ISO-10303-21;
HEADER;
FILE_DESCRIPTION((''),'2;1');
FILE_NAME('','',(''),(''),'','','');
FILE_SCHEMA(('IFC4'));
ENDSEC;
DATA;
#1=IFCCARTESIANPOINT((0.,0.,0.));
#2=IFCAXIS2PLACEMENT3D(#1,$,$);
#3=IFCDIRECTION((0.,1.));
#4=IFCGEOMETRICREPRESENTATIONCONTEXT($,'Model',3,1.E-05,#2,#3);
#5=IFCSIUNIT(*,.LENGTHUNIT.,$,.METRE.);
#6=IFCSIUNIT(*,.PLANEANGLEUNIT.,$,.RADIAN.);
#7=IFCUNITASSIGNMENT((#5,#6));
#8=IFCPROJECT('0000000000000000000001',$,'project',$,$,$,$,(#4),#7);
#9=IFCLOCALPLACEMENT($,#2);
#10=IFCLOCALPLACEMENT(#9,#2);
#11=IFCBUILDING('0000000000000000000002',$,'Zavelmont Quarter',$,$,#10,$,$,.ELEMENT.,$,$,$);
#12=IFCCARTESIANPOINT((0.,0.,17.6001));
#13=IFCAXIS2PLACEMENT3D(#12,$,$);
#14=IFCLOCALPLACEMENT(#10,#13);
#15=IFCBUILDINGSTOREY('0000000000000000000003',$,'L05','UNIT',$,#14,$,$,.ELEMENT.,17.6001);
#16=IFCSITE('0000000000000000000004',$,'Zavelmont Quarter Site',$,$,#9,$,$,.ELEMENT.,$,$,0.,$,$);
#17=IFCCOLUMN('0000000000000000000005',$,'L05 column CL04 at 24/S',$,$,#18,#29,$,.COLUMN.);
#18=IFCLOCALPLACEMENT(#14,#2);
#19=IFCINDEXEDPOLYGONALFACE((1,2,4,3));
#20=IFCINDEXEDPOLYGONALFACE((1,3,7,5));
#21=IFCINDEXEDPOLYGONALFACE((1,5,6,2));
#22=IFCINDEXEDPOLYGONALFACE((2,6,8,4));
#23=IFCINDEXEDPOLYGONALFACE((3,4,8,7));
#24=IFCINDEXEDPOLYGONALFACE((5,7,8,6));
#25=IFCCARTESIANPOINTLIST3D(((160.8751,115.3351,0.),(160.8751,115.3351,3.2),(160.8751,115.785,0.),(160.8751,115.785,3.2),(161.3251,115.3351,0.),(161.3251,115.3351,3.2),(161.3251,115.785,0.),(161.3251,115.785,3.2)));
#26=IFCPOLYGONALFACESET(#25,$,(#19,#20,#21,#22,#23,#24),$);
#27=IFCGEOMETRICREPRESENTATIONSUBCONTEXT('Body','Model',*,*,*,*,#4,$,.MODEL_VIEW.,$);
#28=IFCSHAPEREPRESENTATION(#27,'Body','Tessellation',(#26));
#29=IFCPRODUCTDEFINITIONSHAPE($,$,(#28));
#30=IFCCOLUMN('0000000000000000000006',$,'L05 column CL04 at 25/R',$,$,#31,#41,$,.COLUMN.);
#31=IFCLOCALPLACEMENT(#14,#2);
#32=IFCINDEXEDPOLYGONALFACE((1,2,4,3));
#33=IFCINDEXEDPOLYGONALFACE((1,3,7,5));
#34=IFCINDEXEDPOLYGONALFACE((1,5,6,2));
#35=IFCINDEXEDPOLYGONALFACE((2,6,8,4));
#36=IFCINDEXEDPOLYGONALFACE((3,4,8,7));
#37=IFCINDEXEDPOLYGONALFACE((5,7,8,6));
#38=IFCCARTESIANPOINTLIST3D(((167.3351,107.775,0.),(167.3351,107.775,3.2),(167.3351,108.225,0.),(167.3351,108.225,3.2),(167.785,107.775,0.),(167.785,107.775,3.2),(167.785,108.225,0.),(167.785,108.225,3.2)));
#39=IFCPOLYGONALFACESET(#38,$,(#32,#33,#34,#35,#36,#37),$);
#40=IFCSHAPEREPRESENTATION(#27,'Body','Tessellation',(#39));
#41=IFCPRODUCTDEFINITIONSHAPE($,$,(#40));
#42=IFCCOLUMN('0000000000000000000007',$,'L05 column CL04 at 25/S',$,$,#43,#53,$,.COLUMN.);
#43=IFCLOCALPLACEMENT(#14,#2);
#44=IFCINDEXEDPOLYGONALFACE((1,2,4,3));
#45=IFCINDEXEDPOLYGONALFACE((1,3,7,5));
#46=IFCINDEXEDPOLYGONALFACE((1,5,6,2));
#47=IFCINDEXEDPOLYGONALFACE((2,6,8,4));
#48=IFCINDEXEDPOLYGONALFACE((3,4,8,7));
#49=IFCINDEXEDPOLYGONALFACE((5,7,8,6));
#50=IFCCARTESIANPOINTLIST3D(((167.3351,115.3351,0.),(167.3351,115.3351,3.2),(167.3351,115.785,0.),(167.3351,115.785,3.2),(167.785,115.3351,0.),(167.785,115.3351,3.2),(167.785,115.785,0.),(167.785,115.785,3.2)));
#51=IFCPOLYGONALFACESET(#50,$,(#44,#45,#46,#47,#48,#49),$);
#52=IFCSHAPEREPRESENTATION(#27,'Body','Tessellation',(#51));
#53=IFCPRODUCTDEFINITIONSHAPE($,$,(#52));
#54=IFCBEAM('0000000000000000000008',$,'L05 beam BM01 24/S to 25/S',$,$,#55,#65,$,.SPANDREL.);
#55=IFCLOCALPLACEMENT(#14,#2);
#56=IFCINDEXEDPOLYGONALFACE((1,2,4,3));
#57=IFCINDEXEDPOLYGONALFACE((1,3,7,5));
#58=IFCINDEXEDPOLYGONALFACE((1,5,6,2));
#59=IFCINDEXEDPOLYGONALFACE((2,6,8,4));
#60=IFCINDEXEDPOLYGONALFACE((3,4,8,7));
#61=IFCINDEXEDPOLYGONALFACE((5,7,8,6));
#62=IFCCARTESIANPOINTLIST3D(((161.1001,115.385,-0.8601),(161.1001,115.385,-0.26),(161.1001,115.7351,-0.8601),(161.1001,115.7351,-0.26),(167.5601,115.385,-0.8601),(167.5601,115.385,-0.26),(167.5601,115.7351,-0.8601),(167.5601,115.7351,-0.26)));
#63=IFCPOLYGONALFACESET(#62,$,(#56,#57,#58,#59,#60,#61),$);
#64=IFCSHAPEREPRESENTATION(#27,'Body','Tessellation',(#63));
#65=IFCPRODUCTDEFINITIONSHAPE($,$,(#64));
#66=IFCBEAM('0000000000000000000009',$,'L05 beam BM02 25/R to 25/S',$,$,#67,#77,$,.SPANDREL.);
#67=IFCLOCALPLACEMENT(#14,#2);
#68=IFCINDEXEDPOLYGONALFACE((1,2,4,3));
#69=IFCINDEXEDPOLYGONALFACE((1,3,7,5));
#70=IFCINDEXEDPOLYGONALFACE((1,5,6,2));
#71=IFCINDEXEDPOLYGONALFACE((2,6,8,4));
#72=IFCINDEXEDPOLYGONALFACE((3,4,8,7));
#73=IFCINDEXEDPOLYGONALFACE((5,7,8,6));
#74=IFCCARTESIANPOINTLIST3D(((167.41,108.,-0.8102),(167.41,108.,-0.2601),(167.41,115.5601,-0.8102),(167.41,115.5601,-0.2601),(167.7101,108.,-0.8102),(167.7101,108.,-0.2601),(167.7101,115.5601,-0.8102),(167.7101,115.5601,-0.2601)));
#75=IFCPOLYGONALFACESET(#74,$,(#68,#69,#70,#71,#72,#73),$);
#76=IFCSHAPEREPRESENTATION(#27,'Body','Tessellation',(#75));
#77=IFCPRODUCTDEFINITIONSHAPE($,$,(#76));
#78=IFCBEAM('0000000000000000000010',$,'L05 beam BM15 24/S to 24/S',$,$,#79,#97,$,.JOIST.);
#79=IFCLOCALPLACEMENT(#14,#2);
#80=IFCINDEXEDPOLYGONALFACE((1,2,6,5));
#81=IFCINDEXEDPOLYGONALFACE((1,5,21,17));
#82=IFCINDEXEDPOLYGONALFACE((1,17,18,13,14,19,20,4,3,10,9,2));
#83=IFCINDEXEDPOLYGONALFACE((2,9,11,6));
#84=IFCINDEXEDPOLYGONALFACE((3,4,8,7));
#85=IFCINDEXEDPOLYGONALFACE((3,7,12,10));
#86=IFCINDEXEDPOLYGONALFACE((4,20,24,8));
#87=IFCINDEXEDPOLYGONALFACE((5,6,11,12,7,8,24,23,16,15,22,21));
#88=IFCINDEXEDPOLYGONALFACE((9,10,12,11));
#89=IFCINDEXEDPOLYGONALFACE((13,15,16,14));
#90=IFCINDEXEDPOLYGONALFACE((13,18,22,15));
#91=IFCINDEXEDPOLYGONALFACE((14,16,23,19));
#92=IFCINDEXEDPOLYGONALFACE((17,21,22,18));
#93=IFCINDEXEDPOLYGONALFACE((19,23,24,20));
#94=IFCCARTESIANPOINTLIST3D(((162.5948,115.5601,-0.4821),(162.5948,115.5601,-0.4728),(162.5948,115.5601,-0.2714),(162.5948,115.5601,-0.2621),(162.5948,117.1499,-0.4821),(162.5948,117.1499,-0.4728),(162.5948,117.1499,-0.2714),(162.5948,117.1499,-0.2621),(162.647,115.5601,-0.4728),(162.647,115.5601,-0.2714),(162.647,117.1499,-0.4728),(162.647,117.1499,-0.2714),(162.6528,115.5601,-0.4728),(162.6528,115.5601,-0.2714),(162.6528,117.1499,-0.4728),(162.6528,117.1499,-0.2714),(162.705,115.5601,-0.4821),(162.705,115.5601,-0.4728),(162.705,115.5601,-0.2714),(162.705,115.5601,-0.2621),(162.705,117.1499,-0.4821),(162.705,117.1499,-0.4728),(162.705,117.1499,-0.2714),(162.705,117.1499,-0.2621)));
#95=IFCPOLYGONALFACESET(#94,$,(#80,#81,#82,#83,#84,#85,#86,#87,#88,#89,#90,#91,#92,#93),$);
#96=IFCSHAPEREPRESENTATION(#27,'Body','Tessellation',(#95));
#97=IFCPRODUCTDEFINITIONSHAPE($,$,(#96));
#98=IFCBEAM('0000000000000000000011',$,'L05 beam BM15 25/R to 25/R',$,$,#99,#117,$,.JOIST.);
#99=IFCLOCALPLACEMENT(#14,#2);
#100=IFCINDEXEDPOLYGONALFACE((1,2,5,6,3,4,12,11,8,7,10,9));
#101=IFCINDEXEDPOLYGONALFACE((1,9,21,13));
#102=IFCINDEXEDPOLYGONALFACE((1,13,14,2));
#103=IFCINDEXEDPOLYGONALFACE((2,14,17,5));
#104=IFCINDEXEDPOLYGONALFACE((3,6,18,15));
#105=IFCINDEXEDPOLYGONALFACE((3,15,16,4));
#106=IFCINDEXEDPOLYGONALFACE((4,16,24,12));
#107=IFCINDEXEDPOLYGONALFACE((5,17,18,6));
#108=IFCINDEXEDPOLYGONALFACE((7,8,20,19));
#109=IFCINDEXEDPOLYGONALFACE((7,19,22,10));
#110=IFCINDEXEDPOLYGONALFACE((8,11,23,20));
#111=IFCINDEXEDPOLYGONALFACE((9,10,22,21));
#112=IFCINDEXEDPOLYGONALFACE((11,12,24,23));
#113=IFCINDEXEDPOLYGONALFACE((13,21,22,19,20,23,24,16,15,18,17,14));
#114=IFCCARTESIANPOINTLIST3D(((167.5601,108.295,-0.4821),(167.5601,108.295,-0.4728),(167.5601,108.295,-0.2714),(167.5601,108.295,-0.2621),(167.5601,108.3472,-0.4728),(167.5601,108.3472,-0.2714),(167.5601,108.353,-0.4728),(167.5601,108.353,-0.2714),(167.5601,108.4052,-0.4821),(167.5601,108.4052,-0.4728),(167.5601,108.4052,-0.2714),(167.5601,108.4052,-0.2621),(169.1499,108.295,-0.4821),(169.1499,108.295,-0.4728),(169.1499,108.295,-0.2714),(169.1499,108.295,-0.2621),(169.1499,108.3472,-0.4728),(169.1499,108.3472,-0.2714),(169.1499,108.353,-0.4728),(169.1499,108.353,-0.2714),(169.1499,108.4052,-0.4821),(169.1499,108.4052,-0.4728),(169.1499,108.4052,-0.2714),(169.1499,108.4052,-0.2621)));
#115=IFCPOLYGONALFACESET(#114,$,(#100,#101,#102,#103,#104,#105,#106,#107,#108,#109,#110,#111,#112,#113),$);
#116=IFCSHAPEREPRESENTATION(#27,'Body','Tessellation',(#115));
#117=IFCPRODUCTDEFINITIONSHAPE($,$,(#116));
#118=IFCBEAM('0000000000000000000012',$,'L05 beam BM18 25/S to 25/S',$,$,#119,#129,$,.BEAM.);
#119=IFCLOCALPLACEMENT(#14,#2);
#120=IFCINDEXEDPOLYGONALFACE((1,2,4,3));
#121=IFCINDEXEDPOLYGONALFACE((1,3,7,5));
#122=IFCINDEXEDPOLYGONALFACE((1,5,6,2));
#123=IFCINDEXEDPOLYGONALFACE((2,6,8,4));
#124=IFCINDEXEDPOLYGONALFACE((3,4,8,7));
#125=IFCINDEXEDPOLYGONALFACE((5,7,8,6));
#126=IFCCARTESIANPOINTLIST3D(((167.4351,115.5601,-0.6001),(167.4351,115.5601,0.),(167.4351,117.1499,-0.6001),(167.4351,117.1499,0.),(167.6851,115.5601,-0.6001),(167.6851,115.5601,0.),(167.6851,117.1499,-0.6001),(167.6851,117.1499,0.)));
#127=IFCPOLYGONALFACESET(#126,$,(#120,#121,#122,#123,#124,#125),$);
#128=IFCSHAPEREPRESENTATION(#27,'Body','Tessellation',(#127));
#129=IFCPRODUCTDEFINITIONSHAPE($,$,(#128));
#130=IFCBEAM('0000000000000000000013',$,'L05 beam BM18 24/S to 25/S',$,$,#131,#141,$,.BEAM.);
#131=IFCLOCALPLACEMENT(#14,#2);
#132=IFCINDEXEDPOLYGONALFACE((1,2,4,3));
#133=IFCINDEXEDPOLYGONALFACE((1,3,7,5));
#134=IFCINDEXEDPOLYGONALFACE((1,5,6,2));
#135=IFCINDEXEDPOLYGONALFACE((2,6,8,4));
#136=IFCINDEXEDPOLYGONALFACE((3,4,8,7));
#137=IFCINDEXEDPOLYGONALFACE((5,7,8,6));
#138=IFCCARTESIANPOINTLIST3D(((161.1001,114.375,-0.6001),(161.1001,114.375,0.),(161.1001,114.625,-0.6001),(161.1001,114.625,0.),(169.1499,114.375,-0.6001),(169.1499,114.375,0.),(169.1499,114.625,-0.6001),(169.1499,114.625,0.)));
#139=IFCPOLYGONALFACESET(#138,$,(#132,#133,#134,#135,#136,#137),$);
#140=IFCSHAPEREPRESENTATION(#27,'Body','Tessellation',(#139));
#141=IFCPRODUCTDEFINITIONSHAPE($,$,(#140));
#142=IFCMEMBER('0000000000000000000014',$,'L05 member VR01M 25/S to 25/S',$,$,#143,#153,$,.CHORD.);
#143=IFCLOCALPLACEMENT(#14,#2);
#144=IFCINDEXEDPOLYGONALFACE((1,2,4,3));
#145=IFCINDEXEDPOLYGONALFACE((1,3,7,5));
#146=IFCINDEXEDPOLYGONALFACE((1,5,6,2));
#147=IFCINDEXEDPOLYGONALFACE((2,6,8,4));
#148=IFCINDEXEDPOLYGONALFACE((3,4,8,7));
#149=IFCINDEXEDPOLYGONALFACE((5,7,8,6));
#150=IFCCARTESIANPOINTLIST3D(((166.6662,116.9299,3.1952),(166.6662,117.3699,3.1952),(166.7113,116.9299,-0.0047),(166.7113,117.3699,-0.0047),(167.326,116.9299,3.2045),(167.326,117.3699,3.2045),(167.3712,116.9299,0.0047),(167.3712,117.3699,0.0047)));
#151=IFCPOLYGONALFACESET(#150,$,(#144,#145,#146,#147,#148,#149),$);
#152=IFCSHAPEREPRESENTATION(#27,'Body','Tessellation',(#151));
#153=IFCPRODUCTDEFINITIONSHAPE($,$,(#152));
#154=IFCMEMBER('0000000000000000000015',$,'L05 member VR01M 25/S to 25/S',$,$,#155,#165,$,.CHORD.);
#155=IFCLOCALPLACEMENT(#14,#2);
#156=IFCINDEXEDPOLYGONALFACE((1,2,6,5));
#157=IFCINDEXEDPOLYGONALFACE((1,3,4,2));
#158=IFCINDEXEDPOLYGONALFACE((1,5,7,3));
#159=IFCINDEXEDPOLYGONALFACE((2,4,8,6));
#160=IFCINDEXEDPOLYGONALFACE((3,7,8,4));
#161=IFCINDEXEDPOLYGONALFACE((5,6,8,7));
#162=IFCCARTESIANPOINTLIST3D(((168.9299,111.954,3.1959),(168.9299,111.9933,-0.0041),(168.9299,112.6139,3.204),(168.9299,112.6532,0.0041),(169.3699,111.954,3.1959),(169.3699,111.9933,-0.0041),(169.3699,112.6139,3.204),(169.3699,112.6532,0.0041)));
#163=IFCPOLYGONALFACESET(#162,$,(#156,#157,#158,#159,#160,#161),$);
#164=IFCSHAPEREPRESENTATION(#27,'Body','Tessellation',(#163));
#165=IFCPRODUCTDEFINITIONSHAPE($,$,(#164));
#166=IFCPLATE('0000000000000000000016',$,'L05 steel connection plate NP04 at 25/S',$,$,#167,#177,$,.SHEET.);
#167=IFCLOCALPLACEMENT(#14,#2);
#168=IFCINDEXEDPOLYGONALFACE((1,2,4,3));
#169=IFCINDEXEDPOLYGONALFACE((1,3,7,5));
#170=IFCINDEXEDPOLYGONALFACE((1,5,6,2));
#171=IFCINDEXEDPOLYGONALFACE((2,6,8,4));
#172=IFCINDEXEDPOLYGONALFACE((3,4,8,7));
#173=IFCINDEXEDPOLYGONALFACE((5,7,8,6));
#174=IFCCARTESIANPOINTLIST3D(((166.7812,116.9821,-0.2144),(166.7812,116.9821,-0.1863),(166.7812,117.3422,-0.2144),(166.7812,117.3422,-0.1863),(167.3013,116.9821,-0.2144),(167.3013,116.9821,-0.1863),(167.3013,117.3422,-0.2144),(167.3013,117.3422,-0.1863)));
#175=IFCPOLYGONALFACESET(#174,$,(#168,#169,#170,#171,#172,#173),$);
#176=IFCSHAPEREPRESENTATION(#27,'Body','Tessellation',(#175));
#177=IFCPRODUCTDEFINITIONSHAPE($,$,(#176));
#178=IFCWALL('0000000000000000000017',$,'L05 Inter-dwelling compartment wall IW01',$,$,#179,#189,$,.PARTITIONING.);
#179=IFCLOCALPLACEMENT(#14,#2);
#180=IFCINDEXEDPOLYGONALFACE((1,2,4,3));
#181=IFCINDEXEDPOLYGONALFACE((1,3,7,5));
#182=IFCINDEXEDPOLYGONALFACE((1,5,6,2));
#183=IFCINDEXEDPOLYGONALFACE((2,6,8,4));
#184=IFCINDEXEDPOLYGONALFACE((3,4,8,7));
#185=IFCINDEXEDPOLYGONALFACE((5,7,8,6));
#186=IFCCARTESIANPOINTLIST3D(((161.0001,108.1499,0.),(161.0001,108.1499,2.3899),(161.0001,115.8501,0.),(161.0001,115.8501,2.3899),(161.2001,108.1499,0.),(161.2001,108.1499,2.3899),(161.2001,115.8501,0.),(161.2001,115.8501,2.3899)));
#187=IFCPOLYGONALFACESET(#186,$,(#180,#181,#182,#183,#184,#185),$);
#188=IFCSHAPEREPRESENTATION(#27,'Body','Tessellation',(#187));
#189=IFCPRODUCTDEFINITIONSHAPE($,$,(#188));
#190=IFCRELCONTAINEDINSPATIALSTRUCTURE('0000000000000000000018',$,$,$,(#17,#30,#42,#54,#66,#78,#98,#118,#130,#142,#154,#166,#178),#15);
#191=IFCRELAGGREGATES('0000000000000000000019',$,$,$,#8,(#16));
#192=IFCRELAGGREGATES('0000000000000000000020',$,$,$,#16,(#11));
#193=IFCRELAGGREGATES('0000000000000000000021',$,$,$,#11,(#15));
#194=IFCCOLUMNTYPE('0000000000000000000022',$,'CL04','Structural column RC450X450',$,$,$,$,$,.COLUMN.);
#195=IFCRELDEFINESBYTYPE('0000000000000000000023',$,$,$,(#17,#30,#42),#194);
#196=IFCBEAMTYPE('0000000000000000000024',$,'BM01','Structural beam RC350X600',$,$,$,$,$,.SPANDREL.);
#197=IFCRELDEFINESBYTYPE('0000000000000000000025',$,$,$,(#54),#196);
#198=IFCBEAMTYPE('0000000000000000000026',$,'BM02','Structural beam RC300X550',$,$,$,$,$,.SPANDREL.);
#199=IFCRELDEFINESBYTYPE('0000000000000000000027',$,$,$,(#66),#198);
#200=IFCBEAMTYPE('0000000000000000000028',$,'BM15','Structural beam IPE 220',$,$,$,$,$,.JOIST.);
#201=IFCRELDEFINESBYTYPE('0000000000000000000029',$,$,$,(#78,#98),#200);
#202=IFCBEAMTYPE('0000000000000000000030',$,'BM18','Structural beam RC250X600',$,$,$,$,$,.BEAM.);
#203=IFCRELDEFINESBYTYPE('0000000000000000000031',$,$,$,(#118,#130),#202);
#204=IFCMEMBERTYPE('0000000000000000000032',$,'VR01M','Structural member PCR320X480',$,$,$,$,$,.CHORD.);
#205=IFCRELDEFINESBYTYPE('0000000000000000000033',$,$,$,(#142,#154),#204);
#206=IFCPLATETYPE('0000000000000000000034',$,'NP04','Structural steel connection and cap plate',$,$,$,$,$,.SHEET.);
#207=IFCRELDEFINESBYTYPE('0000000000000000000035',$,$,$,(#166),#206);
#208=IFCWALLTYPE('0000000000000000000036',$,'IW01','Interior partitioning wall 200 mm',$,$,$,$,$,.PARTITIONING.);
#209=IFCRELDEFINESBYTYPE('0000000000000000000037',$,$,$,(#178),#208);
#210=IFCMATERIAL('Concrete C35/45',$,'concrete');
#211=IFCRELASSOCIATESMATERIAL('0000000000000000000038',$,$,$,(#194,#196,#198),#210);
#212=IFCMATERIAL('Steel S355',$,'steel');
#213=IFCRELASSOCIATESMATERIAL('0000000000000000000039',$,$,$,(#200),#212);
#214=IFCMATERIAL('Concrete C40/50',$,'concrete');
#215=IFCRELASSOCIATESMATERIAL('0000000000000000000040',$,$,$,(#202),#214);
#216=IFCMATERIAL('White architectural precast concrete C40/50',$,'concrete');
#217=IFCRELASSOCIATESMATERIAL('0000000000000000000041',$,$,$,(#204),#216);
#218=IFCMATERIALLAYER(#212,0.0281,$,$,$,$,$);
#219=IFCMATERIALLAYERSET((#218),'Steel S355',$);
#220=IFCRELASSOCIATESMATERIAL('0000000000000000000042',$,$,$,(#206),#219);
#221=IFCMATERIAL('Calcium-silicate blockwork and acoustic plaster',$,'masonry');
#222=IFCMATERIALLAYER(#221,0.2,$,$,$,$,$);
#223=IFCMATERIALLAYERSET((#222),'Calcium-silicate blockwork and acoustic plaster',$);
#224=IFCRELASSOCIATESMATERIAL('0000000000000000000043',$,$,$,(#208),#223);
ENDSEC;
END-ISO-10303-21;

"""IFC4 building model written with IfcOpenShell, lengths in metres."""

from ifc_helpers import new_model, si_unit, direction, frame, frame_2d, origin, origin_2d, place, context, subcontext, project, spatial, rectangle, i_section, extrude, material, layer, layer_set, material_profile, profile_set, type_object, element, save


model = new_model("IFC4")

# Units and contexts
model_context = context("Model", 3, precision=1e-05, world=origin(), true_north=direction((0.0, 1.0)))
body_context = subcontext(model_context, "Body", "Model", "MODEL_VIEW")
ifc_project = project(units=[si_unit("LENGTHUNIT", "METRE"), si_unit("PLANEANGLEUNIT", "RADIAN")], contexts=[model_context])

# Site, building, storey
site_placement = place(None, origin())
site = spatial("IfcSite", under=ifc_project, at=site_placement, Name="Zavelmont Quarter Site", CompositionType="ELEMENT", RefElevation=0.0)
building_placement = place(site_placement, origin())
building = spatial("IfcBuilding", under=site, at=building_placement, Name="Zavelmont Quarter", CompositionType="ELEMENT")
storey_placement = place(building_placement, frame((0.0, 0.0, 17.6001)))
storey = spatial("IfcBuildingStorey", under=building, at=storey_placement, Name="L05", Description="UNIT", CompositionType="ELEMENT", Elevation=17.6001)

# Columns
ifc_material_1 = material(Name="Concrete C35/45", Category="concrete")
ifc_material_profile_1 = material_profile(ifc_material_1, rectangle(XDim=0.45, YDim=0.45, at=origin_2d()), Name="RC450X450")
ifc_profile_set_1 = profile_set([ifc_material_profile_1], Name="Concrete C35/45")
column_type = type_object("IfcColumnType", Name="CL04", Description="Structural column RC450X450", PredefinedType="COLUMN", material=ifc_profile_set_1)
for number, where, z_axis, x_axis, name in (
    (1, (161.1001, 115.5601, 0.0), (0.0, 0.0, 1.0), (1.0, 0.0, 0.0), "L05 column CL04 at 24/S"),
    (2, (167.5601, 108.0, 0.0), (0.0, 0.0, 1.0), (1.0, 0.0, 0.0), "L05 column CL04 at 25/R"),
    (3, (167.5601, 115.5601, 0.0), (0.0, 0.0, 1.0), (1.0, 0.0, 0.0), "L05 column CL04 at 25/S"),
):
    element("IfcColumn", number, at=place(storey_placement, frame(where, z_axis=z_axis, x_axis=x_axis)), inside=storey, type_object=column_type, Name=name, PredefinedType="COLUMN", context=body_context, shape_type="SweptSolid", body=[
        extrude(rectangle(XDim=0.45, YDim=0.45, at=origin_2d()), origin(), (0.0, 0.0, 1.0), 3.2),
    ])

# Beams
ifc_material_profile_2 = material_profile(ifc_material_1, rectangle(XDim=0.3501, YDim=0.6001, at=origin_2d()), Name="RC350X600")
ifc_profile_set_2 = profile_set([ifc_material_profile_2], Name="Concrete C35/45")
beam_type_1 = type_object("IfcBeamType", Name="BM01", Description="Structural beam RC350X600", PredefinedType="SPANDREL", material=ifc_profile_set_2)
beam_1_placement = place(storey_placement, frame((161.1001, 115.5601, -0.5601), z_axis=(1.0, 0.0, 0.0), x_axis=(0.0, 1.0, 0.0)))
element("IfcBeam", 4, at=beam_1_placement, inside=storey, type_object=beam_type_1, Name="L05 beam BM01 24/S to 25/S", PredefinedType="SPANDREL", context=body_context, shape_type="SweptSolid", body=[
    extrude(rectangle(XDim=0.3501, YDim=0.6001, at=origin_2d()), origin(), (0.0, 0.0, 1.0), 6.46),
])
ifc_material_profile_3 = material_profile(ifc_material_1, rectangle(XDim=0.3, YDim=0.55, at=origin_2d()), Name="RC300X550")
ifc_profile_set_3 = profile_set([ifc_material_profile_3], Name="Concrete C35/45")
beam_type_2 = type_object("IfcBeamType", Name="BM02", Description="Structural beam RC300X550", PredefinedType="SPANDREL", material=ifc_profile_set_3)
beam_2_placement = place(storey_placement, frame((167.5601, 108.0, -0.5352), z_axis=(0.0, 1.0, 0.0), x_axis=(-1.0, 0.0, 0.0)))
element("IfcBeam", 5, at=beam_2_placement, inside=storey, type_object=beam_type_2, Name="L05 beam BM02 25/R to 25/S", PredefinedType="SPANDREL", context=body_context, shape_type="SweptSolid", body=[
    extrude(rectangle(XDim=0.3, YDim=0.55, at=origin_2d()), origin(), (0.0, 0.0, 1.0), 7.5601),
])
ifc_material_2 = material(Name="Steel S355", Category="steel")
ifc_material_profile_4 = material_profile(ifc_material_2, i_section(OverallWidth=0.1101, OverallDepth=0.22, WebThickness=0.0059, FlangeThickness=0.0093, at=origin_2d()), Name="IPE 220")
ifc_profile_set_4 = profile_set([ifc_material_profile_4], Name="Steel S355")
beam_type_3 = type_object("IfcBeamType", Name="BM15", Description="Structural beam IPE 220", PredefinedType="JOIST", material=ifc_profile_set_4)
for number, where, z_axis, x_axis, name in (
    (6, (162.6499, 115.5601, -0.3721), (0.0, 1.0, 0.0), (-1.0, 0.0, 0.0), "L05 beam BM15 24/S to 24/S"),
    (7, (167.5601, 108.3501, -0.3721), (1.0, 0.0, 0.0), (0.0, 1.0, 0.0), "L05 beam BM15 25/R to 25/R"),
):
    element("IfcBeam", number, at=place(storey_placement, frame(where, z_axis=z_axis, x_axis=x_axis)), inside=storey, type_object=beam_type_3, Name=name, PredefinedType="JOIST", context=body_context, shape_type="SweptSolid", body=[
        extrude(i_section(OverallWidth=0.1101, OverallDepth=0.22, WebThickness=0.0059, FlangeThickness=0.0093, at=origin_2d()), origin(), (0.0, 0.0, 1.0), 1.5898),
    ])
ifc_material_3 = material(Name="Concrete C40/50", Category="concrete")
ifc_material_profile_5 = material_profile(ifc_material_3, rectangle(XDim=0.25, YDim=0.6001, at=origin_2d()), Name="RC250X600")
ifc_profile_set_5 = profile_set([ifc_material_profile_5], Name="Concrete C40/50")
beam_type_4 = type_object("IfcBeamType", Name="BM18", Description="Structural beam RC250X600", PredefinedType="BEAM", material=ifc_profile_set_5)
beam_3_placement = place(storey_placement, frame((167.5601, 115.5601, -0.3), z_axis=(0.0, 1.0, 0.0), x_axis=(-1.0, 0.0, 0.0)))
element("IfcBeam", 8, at=beam_3_placement, inside=storey, type_object=beam_type_4, Name="L05 beam BM18 25/S to 25/S", PredefinedType="BEAM", context=body_context, shape_type="SweptSolid", body=[
    extrude(rectangle(XDim=0.25, YDim=0.6001, at=origin_2d()), origin(), (0.0, 0.0, 1.0), 1.5898),
])
beam_4_placement = place(storey_placement, frame((161.1001, 114.5, -0.3), z_axis=(1.0, 0.0, 0.0), x_axis=(0.0, 1.0, 0.0)))
element("IfcBeam", 9, at=beam_4_placement, inside=storey, type_object=beam_type_4, Name="L05 beam BM18 24/S to 25/S", PredefinedType="BEAM", context=body_context, shape_type="SweptSolid", body=[
    extrude(rectangle(XDim=0.25, YDim=0.6001, at=origin_2d()), origin(), (0.0, 0.0, 1.0), 8.0498),
])

# Members
ifc_material_4 = material(Name="White architectural precast concrete C40/50", Category="concrete")
ifc_material_profile_6 = material_profile(ifc_material_4, rectangle(XDim=0.4399, YDim=0.6599, at=origin_2d()), Name="PCR320X480")
ifc_profile_set_6 = profile_set([ifc_material_profile_6], Name="White architectural precast concrete C40/50")
member_type = type_object("IfcMemberType", Name="VR01M", Description="Structural member PCR320X480", PredefinedType="CHORD", material=ifc_profile_set_6)
for number, where, z_axis, x_axis, name in (
    (10, (167.0413, 117.1499, 0.0), (-0.014113, 0.0, 0.9999), (0.0, -1.0, 0.0), "L05 member VR01M 25/S to 25/S"),
    (11, (169.1499, 112.3232, 0.0), (0.0, -0.012283, 0.999925), (1.0, 0.0, 0.0), "L05 member VR01M 25/S to 25/S"),
):
    element("IfcMember", number, at=place(storey_placement, frame(where, z_axis=z_axis, x_axis=x_axis)), inside=storey, type_object=member_type, Name=name, PredefinedType="CHORD", context=body_context, shape_type="SweptSolid", body=[
        extrude(rectangle(XDim=0.4399, YDim=0.6599, at=origin_2d()), origin(), (0.0, 0.0, 1.0), 3.2002),
    ])

# Plate
ifc_layer_1 = layer(ifc_material_2, 0.0281)
ifc_layer_set_1 = layer_set([ifc_layer_1], Name="Steel S355")
plate_type = type_object("IfcPlateType", Name="NP04", Description="Structural steel connection and cap plate", PredefinedType="SHEET", material=ifc_layer_set_1)
plate_placement = place(storey_placement, frame((167.0413, 117.1621, -0.2144), z_axis=(0.0, 0.0, 1.0), x_axis=(1.0, 0.0, 0.0)))
element("IfcPlate", 12, at=plate_placement, inside=storey, type_object=plate_type, Name="L05 steel connection plate NP04 at 25/S", PredefinedType="SHEET", context=body_context, shape_type="SweptSolid", body=[
    extrude(rectangle(XDim=0.52, YDim=0.3601, at=origin_2d()), origin(), (0.0, 0.0, 1.0), 0.0281),
])

# Wall
ifc_material_5 = material(Name="Calcium-silicate blockwork and acoustic plaster", Category="masonry")
ifc_layer_2 = layer(ifc_material_5, 0.2)
ifc_layer_set_2 = layer_set([ifc_layer_2], Name="Calcium-silicate blockwork and acoustic plaster")
wall_type_1 = type_object("IfcWallType", Name="IW01", Description="Interior partitioning wall 200 mm", PredefinedType="PARTITIONING", material=ifc_layer_set_2)
wall_1_placement = place(storey_placement, frame((161.1001, 108.1499, 0.0), z_axis=(0.0, 0.0, 1.0), x_axis=(0.0, 1.0, 0.0)))
element("IfcWall", 13, at=wall_1_placement, inside=storey, type_object=wall_type_1, Name="L05 Inter-dwelling compartment wall IW01", PredefinedType="PARTITIONING", context=body_context, shape_type="SweptSolid", body=[
    extrude(rectangle(XDim=7.7002, YDim=0.2, at=frame_2d((3.8501, 0.0))), origin(), (0.0, 0.0, 1.0), 2.3899),
])

save(model, "model.ifc")
